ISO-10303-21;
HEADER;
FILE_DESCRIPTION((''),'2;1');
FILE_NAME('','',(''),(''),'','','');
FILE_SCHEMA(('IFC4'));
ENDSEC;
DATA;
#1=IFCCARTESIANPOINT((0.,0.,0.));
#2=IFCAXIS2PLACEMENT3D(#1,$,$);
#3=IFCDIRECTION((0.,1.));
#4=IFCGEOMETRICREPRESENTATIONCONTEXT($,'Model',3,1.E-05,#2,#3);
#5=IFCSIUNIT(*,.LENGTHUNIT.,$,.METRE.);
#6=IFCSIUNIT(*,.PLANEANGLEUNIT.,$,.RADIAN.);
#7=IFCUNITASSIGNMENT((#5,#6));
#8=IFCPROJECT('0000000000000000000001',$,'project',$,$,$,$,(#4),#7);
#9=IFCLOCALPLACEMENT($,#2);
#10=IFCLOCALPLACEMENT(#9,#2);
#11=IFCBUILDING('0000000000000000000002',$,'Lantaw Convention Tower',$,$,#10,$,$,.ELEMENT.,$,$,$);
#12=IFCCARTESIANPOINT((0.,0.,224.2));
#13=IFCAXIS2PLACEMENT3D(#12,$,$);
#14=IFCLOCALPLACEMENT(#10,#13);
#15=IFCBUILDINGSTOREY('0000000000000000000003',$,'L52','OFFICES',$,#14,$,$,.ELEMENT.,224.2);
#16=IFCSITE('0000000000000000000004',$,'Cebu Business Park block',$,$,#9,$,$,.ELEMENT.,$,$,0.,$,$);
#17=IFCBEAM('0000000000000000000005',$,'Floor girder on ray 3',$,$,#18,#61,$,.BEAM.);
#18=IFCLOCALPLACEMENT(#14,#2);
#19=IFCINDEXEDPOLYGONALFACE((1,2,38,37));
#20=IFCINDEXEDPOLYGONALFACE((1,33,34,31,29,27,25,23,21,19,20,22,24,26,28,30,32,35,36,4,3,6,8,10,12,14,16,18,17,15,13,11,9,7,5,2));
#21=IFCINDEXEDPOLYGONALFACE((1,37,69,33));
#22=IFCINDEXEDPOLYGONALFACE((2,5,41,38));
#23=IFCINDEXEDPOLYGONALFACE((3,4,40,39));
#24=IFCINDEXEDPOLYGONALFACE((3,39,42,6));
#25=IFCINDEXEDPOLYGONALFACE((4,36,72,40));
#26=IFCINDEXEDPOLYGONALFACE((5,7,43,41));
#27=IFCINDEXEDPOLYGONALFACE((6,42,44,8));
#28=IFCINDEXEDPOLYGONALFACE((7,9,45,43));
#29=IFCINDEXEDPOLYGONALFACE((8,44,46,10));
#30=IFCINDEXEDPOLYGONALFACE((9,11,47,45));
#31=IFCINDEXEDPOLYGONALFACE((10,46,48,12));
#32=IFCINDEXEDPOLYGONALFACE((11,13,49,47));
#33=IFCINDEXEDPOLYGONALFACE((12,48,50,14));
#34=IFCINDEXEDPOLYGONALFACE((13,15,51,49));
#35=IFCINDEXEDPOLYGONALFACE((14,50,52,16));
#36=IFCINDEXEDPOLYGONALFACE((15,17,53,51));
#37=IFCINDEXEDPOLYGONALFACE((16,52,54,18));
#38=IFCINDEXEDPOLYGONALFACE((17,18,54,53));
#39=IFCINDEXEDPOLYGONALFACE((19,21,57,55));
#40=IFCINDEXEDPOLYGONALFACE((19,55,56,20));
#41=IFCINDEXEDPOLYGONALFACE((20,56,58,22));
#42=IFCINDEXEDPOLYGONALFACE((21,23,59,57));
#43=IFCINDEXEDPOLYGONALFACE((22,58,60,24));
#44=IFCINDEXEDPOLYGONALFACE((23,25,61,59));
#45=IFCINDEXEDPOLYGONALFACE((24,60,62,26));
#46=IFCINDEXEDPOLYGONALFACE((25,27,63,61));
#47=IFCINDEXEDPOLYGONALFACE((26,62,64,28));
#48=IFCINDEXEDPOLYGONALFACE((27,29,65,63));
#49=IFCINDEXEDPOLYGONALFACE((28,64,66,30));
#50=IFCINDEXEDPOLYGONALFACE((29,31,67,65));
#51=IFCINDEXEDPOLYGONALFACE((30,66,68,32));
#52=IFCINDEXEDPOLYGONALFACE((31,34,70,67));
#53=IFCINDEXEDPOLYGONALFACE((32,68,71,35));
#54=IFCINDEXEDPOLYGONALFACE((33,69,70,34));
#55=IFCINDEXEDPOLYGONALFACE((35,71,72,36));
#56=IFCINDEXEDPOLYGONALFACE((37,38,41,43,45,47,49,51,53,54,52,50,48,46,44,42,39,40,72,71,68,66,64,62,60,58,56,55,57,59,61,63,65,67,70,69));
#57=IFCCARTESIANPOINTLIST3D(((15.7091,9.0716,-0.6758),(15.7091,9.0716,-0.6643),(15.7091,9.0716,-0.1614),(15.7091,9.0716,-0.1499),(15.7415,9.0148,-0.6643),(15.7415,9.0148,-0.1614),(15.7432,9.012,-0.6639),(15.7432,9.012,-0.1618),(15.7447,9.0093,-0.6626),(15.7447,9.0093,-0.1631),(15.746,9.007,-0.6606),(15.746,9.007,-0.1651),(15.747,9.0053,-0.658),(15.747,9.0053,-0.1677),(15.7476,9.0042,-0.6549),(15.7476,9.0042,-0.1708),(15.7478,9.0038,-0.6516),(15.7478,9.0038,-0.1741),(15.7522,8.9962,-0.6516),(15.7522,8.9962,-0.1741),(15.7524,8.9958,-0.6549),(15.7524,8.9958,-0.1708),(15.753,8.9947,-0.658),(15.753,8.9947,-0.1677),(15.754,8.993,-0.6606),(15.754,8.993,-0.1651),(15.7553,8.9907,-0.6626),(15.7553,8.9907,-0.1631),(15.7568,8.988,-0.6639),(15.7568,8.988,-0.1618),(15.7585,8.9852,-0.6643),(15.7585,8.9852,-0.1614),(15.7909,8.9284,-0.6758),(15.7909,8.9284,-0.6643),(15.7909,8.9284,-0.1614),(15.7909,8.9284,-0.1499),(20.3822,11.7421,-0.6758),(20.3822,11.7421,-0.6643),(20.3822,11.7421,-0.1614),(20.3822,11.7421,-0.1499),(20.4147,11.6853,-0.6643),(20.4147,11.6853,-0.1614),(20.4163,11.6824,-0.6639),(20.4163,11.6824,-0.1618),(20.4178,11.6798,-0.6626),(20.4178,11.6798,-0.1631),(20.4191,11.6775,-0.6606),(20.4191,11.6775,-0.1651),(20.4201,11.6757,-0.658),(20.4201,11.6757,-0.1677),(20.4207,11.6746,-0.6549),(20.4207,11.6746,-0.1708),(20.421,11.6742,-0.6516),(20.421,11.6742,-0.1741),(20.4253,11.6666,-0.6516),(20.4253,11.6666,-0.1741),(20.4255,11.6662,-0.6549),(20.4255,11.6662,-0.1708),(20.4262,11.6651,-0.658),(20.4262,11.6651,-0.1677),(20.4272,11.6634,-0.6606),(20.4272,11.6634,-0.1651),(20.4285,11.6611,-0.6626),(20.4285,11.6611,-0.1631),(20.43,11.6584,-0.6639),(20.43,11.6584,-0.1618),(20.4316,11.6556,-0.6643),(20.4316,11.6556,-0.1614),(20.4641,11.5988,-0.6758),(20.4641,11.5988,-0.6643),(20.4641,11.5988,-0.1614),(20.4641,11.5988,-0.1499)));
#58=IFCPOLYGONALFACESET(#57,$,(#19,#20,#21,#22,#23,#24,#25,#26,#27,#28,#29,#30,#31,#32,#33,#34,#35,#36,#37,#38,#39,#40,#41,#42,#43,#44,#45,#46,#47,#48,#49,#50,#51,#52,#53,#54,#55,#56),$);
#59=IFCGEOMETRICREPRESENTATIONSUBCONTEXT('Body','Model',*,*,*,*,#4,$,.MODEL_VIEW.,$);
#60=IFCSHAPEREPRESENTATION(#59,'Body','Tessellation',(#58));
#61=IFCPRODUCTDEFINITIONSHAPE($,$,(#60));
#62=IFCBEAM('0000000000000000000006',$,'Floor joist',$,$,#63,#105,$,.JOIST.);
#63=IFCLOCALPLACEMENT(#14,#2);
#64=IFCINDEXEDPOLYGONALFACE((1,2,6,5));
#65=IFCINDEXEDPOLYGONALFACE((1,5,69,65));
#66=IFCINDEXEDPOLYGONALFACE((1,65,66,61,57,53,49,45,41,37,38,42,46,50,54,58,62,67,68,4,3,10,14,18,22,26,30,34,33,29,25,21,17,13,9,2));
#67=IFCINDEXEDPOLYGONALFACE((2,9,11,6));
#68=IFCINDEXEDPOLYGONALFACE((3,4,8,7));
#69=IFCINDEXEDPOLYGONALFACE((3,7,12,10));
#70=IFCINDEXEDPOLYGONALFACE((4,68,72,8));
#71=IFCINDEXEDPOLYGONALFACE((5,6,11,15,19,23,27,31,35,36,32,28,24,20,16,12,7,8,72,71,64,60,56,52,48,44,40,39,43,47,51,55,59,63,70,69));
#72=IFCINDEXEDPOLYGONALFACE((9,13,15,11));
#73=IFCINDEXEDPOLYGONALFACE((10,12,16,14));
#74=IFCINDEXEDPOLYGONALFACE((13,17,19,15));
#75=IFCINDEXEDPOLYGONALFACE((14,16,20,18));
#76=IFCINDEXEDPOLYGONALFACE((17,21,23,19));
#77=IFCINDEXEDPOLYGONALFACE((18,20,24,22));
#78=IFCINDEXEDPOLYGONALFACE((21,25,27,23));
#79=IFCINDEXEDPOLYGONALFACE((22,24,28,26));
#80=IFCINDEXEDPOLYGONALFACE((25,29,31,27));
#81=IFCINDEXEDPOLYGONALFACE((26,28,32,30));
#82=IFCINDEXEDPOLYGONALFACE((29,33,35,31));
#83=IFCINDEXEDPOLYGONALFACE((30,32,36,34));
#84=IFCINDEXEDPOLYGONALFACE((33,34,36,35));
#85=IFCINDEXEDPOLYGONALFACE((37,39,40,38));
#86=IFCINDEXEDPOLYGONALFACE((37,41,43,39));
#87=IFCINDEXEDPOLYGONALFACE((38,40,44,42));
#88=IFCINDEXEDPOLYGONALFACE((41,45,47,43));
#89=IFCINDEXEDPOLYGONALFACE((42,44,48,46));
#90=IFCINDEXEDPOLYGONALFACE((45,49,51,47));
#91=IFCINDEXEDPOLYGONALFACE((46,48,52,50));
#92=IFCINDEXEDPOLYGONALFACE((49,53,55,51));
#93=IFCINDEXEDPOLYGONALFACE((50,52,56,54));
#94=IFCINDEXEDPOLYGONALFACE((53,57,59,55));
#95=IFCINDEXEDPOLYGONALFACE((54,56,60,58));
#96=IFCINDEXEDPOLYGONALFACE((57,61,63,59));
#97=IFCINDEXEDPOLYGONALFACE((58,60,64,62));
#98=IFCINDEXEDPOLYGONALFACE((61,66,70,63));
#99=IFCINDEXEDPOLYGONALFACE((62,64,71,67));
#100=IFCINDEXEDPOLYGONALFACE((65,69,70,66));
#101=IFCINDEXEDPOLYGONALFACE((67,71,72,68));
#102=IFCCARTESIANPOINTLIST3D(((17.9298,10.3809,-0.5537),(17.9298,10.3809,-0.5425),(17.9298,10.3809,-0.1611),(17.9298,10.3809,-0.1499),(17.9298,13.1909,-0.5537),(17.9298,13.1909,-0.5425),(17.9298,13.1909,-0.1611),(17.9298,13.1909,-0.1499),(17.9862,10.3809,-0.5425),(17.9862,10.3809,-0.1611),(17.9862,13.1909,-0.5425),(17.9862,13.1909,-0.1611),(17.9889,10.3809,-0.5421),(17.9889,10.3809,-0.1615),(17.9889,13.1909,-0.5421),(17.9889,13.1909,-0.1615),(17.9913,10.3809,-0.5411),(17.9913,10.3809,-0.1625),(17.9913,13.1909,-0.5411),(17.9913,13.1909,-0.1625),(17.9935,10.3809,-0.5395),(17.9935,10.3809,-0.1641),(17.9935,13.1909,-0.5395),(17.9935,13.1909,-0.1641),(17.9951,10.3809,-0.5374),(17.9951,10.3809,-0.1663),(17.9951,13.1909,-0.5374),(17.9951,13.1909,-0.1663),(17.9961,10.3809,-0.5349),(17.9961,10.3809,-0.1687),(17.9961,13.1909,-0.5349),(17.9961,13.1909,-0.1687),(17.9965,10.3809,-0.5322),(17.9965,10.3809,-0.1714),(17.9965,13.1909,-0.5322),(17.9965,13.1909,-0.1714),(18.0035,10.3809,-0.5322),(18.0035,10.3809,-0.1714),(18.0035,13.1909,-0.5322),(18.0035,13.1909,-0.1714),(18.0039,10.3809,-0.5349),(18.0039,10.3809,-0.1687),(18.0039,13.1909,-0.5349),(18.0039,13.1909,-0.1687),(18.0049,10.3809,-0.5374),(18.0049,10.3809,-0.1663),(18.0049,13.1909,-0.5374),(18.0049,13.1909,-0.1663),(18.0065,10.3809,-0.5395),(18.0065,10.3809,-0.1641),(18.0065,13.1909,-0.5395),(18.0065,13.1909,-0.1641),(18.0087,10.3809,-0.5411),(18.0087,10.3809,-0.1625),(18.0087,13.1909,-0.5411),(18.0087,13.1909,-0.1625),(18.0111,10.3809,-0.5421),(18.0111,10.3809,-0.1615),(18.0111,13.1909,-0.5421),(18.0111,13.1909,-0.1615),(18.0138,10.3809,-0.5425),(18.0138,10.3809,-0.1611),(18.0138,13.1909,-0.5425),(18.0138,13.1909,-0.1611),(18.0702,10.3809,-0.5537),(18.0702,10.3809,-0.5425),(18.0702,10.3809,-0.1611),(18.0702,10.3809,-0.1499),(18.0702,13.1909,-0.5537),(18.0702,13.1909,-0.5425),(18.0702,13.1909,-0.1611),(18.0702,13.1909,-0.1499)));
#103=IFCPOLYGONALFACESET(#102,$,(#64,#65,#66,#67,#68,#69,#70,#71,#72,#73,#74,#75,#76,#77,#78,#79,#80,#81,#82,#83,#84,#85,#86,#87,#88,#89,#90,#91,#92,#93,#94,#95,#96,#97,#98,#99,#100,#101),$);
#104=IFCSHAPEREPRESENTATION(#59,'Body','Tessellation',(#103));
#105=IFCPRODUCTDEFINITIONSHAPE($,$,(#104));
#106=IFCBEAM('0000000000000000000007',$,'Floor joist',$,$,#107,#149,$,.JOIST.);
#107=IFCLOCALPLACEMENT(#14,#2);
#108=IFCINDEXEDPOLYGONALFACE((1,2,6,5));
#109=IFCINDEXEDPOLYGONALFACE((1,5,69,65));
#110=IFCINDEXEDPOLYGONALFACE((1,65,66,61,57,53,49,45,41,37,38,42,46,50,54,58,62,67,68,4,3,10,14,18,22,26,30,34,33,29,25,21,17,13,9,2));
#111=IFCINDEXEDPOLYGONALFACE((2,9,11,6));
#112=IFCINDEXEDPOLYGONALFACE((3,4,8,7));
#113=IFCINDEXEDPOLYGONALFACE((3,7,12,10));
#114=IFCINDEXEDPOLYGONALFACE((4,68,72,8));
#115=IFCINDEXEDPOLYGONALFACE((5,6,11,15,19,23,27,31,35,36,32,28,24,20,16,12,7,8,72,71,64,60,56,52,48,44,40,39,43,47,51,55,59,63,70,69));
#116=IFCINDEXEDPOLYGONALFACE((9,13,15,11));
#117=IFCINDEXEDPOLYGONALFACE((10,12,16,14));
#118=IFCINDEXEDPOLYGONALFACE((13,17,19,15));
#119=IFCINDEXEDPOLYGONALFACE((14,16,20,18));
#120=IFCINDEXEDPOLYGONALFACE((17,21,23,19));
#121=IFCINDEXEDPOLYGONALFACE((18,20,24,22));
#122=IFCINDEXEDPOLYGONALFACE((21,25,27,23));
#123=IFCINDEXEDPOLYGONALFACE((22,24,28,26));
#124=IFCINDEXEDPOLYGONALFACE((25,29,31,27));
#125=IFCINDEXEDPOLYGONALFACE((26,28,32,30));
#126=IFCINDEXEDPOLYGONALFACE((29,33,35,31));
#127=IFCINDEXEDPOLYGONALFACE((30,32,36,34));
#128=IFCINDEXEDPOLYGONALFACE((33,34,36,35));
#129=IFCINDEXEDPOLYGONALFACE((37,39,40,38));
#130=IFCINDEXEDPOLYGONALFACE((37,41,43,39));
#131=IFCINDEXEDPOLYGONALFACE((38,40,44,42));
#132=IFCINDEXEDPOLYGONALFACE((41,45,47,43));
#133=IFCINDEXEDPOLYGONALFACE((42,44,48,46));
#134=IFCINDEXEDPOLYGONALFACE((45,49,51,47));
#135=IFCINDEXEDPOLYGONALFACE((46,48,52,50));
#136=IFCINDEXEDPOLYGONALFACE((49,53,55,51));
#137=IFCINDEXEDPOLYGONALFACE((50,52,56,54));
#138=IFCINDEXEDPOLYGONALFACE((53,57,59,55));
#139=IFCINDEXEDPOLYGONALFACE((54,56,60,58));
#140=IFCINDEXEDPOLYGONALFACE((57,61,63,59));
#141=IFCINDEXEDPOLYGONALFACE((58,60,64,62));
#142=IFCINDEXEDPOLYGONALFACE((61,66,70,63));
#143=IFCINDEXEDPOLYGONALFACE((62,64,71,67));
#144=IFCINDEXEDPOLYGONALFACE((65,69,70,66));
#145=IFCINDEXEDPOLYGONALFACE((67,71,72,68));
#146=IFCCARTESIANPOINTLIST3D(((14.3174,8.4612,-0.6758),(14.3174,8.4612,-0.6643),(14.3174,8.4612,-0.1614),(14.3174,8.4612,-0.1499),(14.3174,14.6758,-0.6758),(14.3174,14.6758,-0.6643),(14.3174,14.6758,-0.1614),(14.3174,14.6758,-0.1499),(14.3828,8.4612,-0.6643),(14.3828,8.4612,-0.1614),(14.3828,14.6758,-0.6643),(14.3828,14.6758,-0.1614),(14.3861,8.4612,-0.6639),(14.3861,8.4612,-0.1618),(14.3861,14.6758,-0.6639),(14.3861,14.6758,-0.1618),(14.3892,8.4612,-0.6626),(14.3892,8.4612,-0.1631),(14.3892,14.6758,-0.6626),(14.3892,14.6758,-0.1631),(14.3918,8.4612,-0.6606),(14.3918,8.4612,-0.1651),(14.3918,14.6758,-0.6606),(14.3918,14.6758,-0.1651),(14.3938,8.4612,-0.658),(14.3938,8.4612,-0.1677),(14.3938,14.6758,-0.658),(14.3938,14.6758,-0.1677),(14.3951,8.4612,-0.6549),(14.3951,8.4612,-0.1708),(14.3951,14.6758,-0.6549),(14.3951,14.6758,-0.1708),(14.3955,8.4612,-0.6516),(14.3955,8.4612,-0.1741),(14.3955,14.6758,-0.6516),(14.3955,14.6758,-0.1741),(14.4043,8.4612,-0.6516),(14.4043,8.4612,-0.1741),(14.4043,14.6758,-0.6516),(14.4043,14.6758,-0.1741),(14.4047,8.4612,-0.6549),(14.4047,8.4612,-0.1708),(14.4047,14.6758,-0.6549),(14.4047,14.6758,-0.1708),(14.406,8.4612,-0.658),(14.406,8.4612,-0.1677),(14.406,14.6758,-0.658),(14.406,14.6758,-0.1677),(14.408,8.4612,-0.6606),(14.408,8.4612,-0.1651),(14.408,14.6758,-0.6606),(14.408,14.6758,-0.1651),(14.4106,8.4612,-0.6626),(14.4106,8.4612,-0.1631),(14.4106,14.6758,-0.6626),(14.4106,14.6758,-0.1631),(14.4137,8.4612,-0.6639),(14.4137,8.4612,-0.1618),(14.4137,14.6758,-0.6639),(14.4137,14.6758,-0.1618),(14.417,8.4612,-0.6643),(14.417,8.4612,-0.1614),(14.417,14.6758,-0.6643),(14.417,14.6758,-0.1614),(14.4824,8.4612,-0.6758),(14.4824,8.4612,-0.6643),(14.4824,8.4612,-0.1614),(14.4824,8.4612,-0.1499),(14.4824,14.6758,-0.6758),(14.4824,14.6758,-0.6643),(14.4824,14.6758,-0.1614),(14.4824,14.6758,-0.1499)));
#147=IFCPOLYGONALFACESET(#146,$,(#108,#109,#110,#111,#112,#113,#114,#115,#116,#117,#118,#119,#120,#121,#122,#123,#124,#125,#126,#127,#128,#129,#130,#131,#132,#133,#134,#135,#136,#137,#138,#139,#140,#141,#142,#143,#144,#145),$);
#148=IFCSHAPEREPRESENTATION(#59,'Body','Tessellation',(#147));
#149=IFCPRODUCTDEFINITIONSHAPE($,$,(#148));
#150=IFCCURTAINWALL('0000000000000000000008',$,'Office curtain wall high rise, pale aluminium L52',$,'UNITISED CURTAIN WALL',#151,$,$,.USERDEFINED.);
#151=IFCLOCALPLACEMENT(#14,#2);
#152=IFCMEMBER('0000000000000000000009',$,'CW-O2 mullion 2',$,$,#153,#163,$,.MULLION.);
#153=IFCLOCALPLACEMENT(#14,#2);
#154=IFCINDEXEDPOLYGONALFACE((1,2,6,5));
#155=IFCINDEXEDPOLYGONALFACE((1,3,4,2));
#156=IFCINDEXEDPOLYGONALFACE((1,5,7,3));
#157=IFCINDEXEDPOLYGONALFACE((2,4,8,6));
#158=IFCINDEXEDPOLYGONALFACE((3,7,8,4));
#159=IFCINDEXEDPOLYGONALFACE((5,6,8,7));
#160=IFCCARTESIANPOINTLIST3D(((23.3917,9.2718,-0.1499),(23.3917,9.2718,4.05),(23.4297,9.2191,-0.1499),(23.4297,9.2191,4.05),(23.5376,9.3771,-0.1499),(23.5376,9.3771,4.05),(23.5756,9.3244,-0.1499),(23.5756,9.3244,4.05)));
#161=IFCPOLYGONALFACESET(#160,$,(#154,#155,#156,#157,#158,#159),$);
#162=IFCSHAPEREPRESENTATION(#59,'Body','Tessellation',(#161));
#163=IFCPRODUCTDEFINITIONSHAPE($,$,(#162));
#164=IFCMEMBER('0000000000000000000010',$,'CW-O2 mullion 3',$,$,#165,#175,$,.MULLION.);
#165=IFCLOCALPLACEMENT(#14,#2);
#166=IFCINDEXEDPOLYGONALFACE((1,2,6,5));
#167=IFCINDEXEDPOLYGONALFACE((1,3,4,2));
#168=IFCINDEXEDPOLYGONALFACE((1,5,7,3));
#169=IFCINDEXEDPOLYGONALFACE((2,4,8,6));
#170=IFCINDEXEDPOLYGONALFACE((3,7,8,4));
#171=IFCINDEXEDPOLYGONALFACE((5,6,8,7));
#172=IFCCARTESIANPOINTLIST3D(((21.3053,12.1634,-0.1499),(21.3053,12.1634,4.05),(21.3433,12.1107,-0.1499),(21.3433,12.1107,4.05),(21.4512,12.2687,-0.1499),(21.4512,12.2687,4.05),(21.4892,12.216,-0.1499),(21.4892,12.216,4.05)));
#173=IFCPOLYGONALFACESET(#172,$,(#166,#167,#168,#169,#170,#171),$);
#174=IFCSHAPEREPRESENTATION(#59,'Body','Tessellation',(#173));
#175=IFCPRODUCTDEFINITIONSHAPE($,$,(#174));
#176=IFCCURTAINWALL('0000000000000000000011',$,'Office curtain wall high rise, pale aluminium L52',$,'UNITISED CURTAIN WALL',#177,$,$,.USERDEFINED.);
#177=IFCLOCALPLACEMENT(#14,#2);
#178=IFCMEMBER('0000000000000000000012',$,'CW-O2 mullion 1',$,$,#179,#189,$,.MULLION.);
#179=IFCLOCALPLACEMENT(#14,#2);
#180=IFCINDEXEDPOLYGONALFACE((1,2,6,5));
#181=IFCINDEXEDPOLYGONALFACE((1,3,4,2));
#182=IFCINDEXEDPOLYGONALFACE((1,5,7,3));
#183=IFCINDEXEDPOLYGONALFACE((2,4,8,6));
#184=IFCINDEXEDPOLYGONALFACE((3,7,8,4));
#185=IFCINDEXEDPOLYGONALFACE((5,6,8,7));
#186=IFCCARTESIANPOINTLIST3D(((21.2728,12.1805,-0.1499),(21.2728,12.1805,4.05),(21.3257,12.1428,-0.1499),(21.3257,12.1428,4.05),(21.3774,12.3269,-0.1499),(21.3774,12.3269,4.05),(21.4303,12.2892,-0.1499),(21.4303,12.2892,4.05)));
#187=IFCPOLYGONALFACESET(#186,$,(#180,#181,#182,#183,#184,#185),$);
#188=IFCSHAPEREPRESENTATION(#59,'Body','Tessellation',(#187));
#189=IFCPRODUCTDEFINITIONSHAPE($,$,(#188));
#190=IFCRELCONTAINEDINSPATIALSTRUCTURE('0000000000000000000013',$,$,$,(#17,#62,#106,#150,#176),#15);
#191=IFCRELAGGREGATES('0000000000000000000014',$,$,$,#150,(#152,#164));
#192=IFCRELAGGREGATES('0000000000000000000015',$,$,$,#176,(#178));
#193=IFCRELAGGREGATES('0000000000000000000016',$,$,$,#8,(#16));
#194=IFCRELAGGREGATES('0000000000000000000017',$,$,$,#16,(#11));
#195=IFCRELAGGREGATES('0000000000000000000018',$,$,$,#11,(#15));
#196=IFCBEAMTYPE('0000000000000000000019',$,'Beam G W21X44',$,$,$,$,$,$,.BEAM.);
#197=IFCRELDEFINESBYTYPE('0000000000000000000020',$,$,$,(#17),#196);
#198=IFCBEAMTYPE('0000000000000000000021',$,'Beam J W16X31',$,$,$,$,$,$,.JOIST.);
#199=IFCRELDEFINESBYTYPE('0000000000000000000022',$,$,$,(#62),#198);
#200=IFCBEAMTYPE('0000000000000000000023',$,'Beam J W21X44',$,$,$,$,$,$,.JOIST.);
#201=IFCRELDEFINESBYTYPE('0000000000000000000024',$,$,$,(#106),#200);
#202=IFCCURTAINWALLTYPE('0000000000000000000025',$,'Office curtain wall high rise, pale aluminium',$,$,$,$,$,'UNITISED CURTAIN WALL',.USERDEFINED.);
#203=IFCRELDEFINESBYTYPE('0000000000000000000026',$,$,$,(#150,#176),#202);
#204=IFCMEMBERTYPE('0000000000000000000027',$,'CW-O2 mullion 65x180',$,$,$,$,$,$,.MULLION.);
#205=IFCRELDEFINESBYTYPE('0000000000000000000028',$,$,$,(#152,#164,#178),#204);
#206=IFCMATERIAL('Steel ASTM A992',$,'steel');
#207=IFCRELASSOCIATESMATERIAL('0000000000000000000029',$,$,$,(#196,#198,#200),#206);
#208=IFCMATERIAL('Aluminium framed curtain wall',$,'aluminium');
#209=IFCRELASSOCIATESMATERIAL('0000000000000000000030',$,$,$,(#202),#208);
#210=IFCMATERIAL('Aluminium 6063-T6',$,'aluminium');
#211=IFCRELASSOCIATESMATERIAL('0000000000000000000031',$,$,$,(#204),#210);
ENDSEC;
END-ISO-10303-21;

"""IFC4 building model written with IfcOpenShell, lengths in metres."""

from ifc_helpers import new_model, si_unit, direction, frame, origin, origin_2d, place, context, subcontext, project, spatial, rectangle, i_section, extrude, material, material_profile, profile_set, type_object, element, aggregate, save


model = new_model("IFC4")

# Units and contexts
model_context = context("Model", 3, precision=1e-05, world=origin(), true_north=direction((0.0, 1.0)))
body_context = subcontext(model_context, "Body", "Model", "MODEL_VIEW")
ifc_project = project(units=[si_unit("LENGTHUNIT", "METRE"), si_unit("PLANEANGLEUNIT", "RADIAN")], contexts=[model_context])

# Site, building, storey
site_placement = place(None, origin())
site = spatial("IfcSite", under=ifc_project, at=site_placement, Name="Cebu Business Park block", CompositionType="ELEMENT", RefElevation=0.0)
building_placement = place(site_placement, origin())
building = spatial("IfcBuilding", under=site, at=building_placement, Name="Lantaw Convention Tower", CompositionType="ELEMENT")
storey_placement = place(building_placement, frame((0.0, 0.0, 224.2)))
storey = spatial("IfcBuildingStorey", under=building, at=storey_placement, Name="L52", Description="OFFICES", CompositionType="ELEMENT", Elevation=224.2)

# Beams
ifc_material_1 = material(Name="Steel ASTM A992", Category="steel")
ifc_material_profile_1 = material_profile(ifc_material_1, i_section(OverallWidth=0.165, OverallDepth=0.5259, WebThickness=0.0088, FlangeThickness=0.0115, FilletRadius=0.0127, at=origin_2d()), Name="W21X44")
ifc_profile_set_1 = profile_set([ifc_material_profile_1], Name="Steel ASTM A992")
beam_type_1 = type_object("IfcBeamType", Name="Beam G W21X44", PredefinedType="BEAM", material=ifc_profile_set_1)
beam_1_placement = place(storey_placement, frame((15.75, 9.0, -0.4128), z_axis=(0.868238, 0.496149, 0.0), x_axis=(-0.496149, 0.868238, 0.0)))
element("IfcBeam", 1, at=beam_1_placement, inside=storey, type_object=beam_type_1, Name="Floor girder on ray 3", PredefinedType="BEAM", context=body_context, shape_type="SweptSolid", body=[
    extrude(i_section(OverallWidth=0.165, OverallDepth=0.5259, WebThickness=0.0088, FlangeThickness=0.0115, FilletRadius=0.0127, at=origin_2d()), origin(), (0.0, 0.0, 1.0), 5.3823),
])
ifc_material_profile_2 = material_profile(ifc_material_1, i_section(OverallWidth=0.1404, OverallDepth=0.4038, WebThickness=0.0071, FlangeThickness=0.0112, FilletRadius=0.0103, at=origin_2d()), Name="W16X31")
ifc_profile_set_2 = profile_set([ifc_material_profile_2], Name="Steel ASTM A992")
beam_type_2 = type_object("IfcBeamType", Name="Beam J W16X31", PredefinedType="JOIST", material=ifc_profile_set_2)
beam_2_placement = place(storey_placement, frame((18.0, 10.3809, -0.3518), z_axis=(0.0, 1.0, 0.0), x_axis=(-1.0, 0.0, 0.0)))
element("IfcBeam", 2, at=beam_2_placement, inside=storey, type_object=beam_type_2, Name="Floor joist", PredefinedType="JOIST", context=body_context, shape_type="SweptSolid", body=[
    extrude(i_section(OverallWidth=0.1404, OverallDepth=0.4038, WebThickness=0.0071, FlangeThickness=0.0112, FilletRadius=0.0103, at=origin_2d()), origin(), (0.0, 0.0, 1.0), 2.8101),
])
ifc_material_profile_3 = material_profile(ifc_material_1, i_section(OverallWidth=0.165, OverallDepth=0.5259, WebThickness=0.0088, FlangeThickness=0.0115, FilletRadius=0.0127, at=origin_2d()), Name="W21X44")
ifc_profile_set_3 = profile_set([ifc_material_profile_3], Name="Steel ASTM A992")
beam_type_3 = type_object("IfcBeamType", Name="Beam J W21X44", PredefinedType="JOIST", material=ifc_profile_set_3)
beam_3_placement = place(storey_placement, frame((14.3999, 8.4612, -0.4128), z_axis=(0.0, 1.0, 0.0), x_axis=(-1.0, 0.0, 0.0)))
element("IfcBeam", 3, at=beam_3_placement, inside=storey, type_object=beam_type_3, Name="Floor joist", PredefinedType="JOIST", context=body_context, shape_type="SweptSolid", body=[
    extrude(i_section(OverallWidth=0.165, OverallDepth=0.5259, WebThickness=0.0088, FlangeThickness=0.0115, FilletRadius=0.0127, at=origin_2d()), origin(), (0.0, 0.0, 1.0), 6.2146),
])

# Curtain walls, members
ifc_material_2 = material(Name="Aluminium framed curtain wall", Category="aluminium")
curtain_wall_type = type_object("IfcCurtainWallType", Name="Office curtain wall high rise, pale aluminium", ElementType="UNITISED CURTAIN WALL", PredefinedType="USERDEFINED", material=ifc_material_2)
curtain_wall_1_placement = place(storey_placement, origin())
curtain_wall_1 = element("IfcCurtainWall", 4, at=curtain_wall_1_placement, inside=storey, type_object=curtain_wall_type, Name="Office curtain wall high rise, pale aluminium L52", ObjectType="UNITISED CURTAIN WALL", PredefinedType="USERDEFINED")
ifc_material_3 = material(Name="Aluminium 6063-T6", Category="aluminium")
ifc_material_profile_4 = material_profile(ifc_material_3, rectangle(XDim=0.1799, YDim=0.0649, at=origin_2d()), Name="CW-O2 mullion 65x180")
ifc_profile_set_4 = profile_set([ifc_material_profile_4], Name="Aluminium 6063-T6")
member_type_1 = type_object("IfcMemberType", Name="CW-O2 mullion 65x180", PredefinedType="MULLION", material=ifc_profile_set_4)
member_1_placement = place(storey_placement, frame((23.4836, 9.2981, -0.1499), z_axis=(0.0, 0.0, 1.0), x_axis=(-0.81092, -0.585158, 0.0)))
member_1 = element("IfcMember", 5, at=member_1_placement, type_object=member_type_1, Name="CW-O2 mullion 2", PredefinedType="MULLION", context=body_context, shape_type="SweptSolid", body=[
    extrude(rectangle(XDim=0.1799, YDim=0.0649, at=origin_2d()), origin(), (0.0, 0.0, 1.0), 4.2),
])
member_2_placement = place(storey_placement, frame((21.3972, 12.1897, -0.1499), z_axis=(0.0, 0.0, 1.0), x_axis=(-0.81092, -0.585158, 0.0)))
member_2 = element("IfcMember", 6, at=member_2_placement, type_object=member_type_1, Name="CW-O2 mullion 3", PredefinedType="MULLION", context=body_context, shape_type="SweptSolid", body=[
    extrude(rectangle(XDim=0.1799, YDim=0.0649, at=origin_2d()), origin(), (0.0, 0.0, 1.0), 4.2),
])
curtain_wall_2_placement = place(storey_placement, origin())
curtain_wall_2 = element("IfcCurtainWall", 7, at=curtain_wall_2_placement, inside=storey, type_object=curtain_wall_type, Name="Office curtain wall high rise, pale aluminium L52", ObjectType="UNITISED CURTAIN WALL", PredefinedType="USERDEFINED")
member_3_placement = place(storey_placement, frame((21.3516, 12.2349, -0.1499), z_axis=(0.0, 0.0, 1.0), x_axis=(-0.581323, -0.813673, 0.0)))
member_3 = element("IfcMember", 8, at=member_3_placement, type_object=member_type_1, Name="CW-O2 mullion 1", PredefinedType="MULLION", context=body_context, shape_type="SweptSolid", body=[
    extrude(rectangle(XDim=0.1799, YDim=0.0649, at=origin_2d()), origin(), (0.0, 0.0, 1.0), 4.2),
])

aggregate(curtain_wall_1, [member_1, member_2])
aggregate(curtain_wall_2, [member_3])

save(model, "model.ifc")
